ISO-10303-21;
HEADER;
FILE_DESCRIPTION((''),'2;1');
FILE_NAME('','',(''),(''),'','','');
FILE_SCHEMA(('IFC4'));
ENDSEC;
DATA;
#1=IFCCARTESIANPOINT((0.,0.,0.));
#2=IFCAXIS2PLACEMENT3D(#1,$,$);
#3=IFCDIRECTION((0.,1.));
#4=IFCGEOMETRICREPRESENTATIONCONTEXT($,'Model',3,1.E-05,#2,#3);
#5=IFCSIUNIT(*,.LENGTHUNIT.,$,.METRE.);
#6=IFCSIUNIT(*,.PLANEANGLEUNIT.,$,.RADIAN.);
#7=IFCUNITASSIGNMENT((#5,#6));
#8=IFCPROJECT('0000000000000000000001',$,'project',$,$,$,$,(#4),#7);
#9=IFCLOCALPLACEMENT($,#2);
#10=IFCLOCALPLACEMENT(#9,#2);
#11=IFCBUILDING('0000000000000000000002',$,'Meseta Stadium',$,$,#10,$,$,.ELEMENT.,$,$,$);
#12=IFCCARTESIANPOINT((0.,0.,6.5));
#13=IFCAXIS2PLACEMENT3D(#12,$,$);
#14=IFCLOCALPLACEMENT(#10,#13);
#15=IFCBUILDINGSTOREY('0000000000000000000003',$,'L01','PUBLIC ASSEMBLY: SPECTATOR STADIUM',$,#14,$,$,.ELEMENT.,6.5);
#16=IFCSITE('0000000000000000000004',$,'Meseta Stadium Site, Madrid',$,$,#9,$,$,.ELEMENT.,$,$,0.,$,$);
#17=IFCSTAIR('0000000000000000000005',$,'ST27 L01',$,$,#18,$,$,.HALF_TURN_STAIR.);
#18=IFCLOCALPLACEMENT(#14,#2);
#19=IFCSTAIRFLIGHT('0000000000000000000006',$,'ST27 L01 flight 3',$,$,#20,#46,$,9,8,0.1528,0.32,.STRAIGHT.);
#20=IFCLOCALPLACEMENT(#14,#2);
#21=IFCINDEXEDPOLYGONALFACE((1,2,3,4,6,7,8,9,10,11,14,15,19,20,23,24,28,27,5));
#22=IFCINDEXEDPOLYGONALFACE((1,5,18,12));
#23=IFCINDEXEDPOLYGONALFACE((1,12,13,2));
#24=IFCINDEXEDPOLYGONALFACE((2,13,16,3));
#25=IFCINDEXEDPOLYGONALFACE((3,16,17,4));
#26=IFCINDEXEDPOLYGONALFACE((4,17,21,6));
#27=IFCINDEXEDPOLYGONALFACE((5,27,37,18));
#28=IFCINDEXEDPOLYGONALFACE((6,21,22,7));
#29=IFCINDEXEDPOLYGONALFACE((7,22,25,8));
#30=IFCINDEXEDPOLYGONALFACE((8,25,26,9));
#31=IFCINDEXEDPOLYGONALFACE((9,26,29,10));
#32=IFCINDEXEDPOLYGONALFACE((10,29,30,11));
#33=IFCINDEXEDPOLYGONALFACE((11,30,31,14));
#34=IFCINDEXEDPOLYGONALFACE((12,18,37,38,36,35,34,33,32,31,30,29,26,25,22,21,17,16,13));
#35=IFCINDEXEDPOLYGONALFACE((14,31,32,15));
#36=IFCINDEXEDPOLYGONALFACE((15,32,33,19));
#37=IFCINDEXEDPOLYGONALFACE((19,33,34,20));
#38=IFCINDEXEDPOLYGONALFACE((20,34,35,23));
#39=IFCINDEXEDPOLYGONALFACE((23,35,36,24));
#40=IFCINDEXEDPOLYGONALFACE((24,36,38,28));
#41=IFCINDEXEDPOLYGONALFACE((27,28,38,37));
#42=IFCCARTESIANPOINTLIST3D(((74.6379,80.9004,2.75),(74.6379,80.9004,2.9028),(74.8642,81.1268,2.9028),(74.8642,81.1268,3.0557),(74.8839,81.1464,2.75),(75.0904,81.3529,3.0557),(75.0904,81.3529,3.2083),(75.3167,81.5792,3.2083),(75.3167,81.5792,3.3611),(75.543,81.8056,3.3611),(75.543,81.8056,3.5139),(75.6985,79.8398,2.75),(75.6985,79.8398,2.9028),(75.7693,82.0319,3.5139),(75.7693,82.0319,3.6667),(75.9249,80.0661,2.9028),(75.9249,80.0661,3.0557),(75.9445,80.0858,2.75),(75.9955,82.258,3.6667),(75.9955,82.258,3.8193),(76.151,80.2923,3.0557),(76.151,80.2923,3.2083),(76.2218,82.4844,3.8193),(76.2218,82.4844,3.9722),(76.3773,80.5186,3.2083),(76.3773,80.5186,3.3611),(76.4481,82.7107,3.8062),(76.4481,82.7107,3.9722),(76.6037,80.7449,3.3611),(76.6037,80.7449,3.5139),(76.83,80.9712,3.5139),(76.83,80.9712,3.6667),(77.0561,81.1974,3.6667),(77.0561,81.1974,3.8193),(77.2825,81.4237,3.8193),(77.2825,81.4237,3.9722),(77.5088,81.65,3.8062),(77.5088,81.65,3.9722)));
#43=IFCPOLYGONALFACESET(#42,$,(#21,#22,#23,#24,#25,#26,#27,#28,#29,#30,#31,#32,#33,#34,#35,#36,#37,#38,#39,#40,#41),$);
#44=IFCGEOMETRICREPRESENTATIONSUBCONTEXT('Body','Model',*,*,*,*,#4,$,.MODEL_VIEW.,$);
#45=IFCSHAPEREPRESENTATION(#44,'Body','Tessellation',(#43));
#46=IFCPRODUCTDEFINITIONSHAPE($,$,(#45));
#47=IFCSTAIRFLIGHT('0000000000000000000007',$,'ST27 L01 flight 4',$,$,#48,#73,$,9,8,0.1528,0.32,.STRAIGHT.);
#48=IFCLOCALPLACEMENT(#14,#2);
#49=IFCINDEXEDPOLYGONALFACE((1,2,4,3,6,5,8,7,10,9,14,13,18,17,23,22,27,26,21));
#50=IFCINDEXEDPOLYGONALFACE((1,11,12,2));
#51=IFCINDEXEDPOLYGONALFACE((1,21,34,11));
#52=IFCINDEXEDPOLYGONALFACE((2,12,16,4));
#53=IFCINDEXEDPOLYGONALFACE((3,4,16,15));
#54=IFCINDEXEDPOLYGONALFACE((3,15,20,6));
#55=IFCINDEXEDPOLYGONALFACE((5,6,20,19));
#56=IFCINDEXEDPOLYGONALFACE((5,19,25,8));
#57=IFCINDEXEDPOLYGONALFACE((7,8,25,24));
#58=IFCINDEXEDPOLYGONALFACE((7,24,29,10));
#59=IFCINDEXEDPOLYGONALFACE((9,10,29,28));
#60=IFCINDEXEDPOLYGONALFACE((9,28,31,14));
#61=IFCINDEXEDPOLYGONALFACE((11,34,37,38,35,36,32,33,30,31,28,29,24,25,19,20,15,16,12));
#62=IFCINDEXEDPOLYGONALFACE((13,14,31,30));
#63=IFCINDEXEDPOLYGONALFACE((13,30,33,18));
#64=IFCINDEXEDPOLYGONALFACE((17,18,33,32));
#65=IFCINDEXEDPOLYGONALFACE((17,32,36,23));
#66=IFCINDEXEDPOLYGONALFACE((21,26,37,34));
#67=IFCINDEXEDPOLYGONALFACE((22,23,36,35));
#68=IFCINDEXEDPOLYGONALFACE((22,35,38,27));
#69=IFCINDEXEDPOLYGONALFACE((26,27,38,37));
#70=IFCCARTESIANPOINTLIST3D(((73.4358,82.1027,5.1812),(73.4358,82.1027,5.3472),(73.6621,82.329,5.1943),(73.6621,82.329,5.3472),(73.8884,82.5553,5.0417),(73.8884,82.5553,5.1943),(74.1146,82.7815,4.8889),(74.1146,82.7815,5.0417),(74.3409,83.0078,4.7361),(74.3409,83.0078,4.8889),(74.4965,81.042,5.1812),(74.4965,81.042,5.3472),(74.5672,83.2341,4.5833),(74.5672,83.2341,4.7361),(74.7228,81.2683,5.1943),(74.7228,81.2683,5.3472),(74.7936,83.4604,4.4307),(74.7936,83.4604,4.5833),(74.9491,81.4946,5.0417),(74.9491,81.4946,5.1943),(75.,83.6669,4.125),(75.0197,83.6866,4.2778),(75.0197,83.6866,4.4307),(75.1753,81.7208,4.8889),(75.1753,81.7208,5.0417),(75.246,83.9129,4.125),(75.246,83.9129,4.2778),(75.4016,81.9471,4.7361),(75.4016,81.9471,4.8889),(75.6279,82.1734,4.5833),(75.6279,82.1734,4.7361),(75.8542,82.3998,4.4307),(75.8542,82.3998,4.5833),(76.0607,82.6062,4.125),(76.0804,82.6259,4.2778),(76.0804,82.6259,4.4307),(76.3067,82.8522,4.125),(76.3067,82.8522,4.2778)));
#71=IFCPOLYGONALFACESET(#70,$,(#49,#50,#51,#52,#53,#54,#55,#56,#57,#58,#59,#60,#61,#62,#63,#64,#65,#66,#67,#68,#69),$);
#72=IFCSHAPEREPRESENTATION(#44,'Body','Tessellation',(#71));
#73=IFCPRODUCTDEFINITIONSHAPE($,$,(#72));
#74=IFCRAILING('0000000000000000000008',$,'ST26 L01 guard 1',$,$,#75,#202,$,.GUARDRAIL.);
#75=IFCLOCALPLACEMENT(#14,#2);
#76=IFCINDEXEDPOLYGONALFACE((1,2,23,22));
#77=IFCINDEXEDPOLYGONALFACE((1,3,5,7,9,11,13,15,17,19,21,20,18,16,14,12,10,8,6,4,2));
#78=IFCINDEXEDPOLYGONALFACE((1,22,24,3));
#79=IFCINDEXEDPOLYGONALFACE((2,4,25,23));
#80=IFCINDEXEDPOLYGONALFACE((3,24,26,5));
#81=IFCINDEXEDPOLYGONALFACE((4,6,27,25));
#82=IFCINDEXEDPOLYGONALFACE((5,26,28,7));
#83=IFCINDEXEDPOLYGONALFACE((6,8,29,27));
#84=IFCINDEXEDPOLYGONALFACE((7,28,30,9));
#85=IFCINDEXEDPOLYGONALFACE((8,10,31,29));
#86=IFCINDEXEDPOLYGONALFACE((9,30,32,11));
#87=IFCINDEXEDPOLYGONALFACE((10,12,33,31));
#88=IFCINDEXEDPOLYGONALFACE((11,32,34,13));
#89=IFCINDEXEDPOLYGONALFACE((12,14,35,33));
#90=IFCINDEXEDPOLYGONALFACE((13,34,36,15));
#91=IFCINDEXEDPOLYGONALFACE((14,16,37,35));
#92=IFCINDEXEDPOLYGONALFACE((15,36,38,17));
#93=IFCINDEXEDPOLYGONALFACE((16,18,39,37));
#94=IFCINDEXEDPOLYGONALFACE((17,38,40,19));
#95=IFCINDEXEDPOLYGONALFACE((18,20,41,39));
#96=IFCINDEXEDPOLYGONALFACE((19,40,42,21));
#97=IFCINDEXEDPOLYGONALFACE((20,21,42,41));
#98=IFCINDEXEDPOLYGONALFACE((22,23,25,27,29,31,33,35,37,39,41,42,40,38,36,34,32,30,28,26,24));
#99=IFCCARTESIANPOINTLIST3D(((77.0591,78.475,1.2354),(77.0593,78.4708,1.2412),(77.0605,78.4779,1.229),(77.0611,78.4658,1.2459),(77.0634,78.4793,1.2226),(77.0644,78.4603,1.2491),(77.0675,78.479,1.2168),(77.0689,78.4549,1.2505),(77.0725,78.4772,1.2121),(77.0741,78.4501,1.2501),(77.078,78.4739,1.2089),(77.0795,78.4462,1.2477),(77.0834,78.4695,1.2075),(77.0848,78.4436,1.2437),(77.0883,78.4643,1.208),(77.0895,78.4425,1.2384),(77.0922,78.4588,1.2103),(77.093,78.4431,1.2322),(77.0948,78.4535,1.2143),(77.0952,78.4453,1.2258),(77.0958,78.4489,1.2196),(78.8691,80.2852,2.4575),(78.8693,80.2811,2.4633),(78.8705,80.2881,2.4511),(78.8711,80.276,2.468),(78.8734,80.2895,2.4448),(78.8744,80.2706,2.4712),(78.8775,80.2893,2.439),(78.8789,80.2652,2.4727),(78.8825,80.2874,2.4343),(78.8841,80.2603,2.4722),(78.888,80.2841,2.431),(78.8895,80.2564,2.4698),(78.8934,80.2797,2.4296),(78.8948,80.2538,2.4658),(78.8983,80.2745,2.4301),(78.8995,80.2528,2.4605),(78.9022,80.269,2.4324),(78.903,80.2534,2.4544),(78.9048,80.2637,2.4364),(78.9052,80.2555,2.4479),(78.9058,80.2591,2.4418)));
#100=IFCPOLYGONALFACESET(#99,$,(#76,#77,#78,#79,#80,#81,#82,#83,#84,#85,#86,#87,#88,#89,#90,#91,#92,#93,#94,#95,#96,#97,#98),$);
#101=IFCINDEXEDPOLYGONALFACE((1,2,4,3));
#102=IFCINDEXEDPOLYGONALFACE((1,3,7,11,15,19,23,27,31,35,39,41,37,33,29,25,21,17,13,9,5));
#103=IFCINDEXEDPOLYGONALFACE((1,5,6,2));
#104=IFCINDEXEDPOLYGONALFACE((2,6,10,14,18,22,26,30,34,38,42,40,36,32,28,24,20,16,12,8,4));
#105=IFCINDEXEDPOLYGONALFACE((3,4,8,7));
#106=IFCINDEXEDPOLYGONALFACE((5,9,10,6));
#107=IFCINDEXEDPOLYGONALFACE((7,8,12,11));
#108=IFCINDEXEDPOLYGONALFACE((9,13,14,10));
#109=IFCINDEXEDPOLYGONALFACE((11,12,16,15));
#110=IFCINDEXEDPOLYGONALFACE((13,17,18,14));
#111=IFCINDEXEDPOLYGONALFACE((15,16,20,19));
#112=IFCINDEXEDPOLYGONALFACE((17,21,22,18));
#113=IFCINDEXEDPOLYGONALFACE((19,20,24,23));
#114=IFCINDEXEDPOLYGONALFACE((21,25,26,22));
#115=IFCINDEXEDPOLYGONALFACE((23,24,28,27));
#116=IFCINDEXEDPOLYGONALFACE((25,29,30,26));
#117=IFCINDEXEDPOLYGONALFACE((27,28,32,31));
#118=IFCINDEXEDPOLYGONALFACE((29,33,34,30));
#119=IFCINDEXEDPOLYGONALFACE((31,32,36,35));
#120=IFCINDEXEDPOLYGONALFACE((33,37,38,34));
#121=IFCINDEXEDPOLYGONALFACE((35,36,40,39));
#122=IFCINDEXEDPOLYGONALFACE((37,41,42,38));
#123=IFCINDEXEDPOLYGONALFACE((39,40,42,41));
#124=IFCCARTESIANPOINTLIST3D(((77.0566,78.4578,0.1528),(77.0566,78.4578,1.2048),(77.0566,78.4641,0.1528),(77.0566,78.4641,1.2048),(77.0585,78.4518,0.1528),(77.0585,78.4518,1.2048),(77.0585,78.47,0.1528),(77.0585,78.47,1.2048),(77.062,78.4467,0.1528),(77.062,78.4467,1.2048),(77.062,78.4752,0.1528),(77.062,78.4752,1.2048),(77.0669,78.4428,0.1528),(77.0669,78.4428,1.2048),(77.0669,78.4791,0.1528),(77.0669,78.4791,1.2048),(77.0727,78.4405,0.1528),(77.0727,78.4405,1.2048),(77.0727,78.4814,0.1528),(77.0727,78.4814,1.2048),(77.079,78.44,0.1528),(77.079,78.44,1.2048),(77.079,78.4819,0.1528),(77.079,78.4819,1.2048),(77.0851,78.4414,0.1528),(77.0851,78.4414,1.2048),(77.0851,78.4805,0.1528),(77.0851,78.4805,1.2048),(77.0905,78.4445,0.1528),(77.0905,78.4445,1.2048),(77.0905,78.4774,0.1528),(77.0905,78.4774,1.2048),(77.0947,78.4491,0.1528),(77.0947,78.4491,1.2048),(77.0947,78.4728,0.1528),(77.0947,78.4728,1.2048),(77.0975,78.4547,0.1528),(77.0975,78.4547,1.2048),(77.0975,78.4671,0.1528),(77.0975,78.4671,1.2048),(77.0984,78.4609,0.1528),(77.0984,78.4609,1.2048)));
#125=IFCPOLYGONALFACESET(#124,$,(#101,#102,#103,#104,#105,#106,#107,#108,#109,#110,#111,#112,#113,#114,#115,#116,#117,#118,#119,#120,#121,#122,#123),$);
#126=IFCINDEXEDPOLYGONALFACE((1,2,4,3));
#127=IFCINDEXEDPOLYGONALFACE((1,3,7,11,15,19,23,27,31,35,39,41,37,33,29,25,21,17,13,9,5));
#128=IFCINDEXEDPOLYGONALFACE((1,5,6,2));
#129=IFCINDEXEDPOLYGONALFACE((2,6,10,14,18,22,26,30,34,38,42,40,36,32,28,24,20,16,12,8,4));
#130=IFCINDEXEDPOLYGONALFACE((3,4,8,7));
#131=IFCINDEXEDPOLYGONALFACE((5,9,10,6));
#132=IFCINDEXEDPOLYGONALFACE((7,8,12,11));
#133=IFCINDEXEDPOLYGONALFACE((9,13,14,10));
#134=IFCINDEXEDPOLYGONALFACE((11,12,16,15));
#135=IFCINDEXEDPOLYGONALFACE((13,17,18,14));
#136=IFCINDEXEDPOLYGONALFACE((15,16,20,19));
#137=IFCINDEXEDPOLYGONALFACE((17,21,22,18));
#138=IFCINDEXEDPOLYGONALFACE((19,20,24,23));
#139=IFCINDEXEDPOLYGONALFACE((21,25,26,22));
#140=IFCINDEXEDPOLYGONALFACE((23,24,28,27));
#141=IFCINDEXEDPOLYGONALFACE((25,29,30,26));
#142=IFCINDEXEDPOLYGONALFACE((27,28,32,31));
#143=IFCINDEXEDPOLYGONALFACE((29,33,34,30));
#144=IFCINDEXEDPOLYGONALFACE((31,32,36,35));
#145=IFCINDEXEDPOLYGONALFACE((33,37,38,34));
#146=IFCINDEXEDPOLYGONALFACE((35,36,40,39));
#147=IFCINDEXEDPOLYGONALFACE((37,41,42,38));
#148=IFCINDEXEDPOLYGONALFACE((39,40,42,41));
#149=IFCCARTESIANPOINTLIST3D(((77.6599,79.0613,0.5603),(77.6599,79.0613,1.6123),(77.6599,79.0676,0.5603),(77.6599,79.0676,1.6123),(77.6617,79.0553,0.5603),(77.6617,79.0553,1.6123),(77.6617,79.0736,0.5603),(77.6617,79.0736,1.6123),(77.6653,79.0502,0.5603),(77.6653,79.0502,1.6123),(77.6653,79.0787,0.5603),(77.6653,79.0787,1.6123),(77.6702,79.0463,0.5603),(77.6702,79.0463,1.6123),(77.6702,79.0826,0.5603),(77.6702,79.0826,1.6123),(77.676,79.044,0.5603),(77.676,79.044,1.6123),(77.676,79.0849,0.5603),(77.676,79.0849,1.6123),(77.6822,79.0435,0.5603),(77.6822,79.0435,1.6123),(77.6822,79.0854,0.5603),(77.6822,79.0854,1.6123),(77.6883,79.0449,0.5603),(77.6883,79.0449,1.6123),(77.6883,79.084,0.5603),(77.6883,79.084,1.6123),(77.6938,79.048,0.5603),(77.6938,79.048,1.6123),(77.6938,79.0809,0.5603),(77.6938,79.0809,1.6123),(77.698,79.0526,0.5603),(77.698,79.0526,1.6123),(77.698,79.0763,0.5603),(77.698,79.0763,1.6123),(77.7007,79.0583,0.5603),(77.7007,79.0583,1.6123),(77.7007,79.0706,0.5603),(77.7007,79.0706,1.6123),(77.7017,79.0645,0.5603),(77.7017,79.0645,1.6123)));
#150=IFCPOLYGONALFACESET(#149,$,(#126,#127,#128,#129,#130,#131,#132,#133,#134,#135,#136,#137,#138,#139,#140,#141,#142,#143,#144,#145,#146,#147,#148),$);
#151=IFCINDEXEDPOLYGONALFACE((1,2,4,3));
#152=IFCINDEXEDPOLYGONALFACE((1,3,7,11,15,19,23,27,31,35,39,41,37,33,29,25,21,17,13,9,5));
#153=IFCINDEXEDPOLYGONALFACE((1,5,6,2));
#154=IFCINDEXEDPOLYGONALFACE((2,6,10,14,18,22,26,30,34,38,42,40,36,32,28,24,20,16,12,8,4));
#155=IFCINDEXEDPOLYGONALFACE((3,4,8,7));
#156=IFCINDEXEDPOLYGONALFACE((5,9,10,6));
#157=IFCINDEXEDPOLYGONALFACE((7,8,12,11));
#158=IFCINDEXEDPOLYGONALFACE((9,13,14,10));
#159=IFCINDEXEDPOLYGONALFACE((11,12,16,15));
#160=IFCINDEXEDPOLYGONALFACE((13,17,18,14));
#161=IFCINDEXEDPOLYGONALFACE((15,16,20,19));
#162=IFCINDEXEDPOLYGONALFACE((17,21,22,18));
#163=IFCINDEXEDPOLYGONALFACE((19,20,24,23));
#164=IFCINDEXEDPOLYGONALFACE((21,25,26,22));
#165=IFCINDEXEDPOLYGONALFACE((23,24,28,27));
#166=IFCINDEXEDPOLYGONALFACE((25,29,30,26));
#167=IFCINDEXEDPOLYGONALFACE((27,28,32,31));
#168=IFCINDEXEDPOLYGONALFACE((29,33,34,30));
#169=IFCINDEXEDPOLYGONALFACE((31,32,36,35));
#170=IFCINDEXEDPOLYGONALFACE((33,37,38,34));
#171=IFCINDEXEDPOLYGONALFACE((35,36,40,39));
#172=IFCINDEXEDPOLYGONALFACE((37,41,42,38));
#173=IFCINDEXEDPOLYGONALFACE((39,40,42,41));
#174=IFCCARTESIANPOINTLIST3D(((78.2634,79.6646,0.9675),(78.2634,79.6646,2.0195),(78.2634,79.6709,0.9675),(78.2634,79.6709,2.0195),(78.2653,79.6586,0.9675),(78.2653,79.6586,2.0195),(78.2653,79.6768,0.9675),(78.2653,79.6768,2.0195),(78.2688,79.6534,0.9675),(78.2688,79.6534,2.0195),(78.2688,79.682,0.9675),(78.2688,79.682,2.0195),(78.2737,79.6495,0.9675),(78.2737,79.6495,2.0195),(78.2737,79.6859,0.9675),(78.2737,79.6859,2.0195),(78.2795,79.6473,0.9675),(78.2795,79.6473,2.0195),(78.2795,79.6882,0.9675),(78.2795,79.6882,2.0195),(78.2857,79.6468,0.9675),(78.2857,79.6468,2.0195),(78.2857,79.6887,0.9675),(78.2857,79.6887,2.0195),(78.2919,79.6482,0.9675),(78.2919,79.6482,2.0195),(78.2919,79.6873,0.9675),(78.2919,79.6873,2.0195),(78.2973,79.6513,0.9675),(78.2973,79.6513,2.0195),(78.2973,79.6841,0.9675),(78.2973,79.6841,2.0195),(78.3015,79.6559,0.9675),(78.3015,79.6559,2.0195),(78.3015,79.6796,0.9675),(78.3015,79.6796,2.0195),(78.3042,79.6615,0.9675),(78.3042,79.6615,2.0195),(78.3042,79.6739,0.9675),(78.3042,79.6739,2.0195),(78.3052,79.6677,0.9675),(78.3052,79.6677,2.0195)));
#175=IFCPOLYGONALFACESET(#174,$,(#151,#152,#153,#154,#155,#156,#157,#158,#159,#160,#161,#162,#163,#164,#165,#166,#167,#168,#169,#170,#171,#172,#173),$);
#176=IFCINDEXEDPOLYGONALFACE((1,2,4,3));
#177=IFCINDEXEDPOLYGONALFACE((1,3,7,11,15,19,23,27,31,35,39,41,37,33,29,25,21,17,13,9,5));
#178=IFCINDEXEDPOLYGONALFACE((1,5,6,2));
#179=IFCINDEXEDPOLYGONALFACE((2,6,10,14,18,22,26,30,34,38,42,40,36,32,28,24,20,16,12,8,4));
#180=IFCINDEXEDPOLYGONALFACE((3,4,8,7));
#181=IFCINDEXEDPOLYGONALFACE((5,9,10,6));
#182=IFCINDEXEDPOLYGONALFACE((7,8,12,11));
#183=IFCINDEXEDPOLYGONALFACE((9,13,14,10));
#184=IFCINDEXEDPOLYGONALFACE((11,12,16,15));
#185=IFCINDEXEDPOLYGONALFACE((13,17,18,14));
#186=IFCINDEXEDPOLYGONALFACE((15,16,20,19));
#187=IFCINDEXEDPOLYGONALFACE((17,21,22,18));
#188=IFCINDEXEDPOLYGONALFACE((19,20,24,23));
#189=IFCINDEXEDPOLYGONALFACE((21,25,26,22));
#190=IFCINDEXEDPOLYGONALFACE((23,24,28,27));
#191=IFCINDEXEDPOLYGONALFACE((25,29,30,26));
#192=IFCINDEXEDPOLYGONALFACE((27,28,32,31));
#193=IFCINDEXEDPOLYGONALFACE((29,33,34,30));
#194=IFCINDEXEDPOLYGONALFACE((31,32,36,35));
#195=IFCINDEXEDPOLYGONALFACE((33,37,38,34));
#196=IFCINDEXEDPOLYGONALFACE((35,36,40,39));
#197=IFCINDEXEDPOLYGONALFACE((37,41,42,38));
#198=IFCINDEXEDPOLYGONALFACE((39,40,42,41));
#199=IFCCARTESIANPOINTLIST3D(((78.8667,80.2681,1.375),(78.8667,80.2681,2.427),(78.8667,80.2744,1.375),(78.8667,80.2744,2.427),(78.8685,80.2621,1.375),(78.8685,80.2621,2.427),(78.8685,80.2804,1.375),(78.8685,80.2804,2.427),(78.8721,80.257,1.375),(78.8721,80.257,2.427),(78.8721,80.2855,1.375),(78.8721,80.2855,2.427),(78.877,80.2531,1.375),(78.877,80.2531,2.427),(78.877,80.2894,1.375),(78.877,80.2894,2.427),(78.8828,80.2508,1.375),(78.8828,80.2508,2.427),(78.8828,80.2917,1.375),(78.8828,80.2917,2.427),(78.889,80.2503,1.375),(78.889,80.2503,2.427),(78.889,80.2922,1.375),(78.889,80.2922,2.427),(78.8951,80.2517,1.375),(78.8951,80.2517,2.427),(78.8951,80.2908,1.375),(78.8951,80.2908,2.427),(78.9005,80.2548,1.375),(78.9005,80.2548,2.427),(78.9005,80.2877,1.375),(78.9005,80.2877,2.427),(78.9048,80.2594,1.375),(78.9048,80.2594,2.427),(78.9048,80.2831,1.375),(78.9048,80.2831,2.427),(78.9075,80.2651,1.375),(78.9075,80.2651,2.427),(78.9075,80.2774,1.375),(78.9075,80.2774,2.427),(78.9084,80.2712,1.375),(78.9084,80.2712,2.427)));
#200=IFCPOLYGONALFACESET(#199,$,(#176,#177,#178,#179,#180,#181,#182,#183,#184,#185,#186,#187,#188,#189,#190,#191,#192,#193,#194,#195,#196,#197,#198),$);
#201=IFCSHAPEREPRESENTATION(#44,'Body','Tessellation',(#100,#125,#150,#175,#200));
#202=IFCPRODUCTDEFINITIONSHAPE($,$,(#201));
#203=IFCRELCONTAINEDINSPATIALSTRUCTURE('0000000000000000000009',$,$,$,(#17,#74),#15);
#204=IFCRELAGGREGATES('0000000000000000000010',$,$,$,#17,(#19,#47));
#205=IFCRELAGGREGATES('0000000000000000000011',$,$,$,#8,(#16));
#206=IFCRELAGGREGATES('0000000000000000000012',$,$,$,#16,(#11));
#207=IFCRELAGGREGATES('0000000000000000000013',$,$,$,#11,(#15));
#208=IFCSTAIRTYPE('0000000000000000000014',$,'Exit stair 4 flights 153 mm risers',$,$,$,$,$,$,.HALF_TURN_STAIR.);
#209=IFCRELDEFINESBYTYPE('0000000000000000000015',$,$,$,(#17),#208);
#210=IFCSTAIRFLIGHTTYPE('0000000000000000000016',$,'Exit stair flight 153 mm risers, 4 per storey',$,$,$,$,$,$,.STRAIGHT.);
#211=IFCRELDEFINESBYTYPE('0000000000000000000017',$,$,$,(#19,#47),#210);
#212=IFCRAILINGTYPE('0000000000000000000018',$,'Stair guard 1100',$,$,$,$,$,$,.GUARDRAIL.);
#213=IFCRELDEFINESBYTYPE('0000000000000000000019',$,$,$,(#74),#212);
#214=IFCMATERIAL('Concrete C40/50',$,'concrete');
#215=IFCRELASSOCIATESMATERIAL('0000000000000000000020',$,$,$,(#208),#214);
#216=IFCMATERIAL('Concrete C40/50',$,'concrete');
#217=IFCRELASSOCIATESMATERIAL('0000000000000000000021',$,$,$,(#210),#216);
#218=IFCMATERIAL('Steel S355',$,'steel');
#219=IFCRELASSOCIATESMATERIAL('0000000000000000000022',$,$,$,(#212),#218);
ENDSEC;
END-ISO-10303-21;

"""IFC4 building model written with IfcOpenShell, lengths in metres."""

from ifc_helpers import new_model, si_unit, direction, frame, origin, origin_2d, place, context, subcontext, project, spatial, polyline, circle, outline, extrude, material, type_object, element, aggregate, save


model = new_model("IFC4")

# Units and contexts
model_context = context("Model", 3, precision=1e-05, world=origin(), true_north=direction((0.0, 1.0)))
body_context = subcontext(model_context, "Body", "Model", "MODEL_VIEW")
ifc_project = project(units=[si_unit("LENGTHUNIT", "METRE"), si_unit("PLANEANGLEUNIT", "RADIAN")], contexts=[model_context])

# Site, building, storey
site_placement = place(None, origin())
site = spatial("IfcSite", under=ifc_project, at=site_placement, Name="Meseta Stadium Site, Madrid", CompositionType="ELEMENT", RefElevation=0.0)
building_placement = place(site_placement, origin())
building = spatial("IfcBuilding", under=site, at=building_placement, Name="Meseta Stadium", CompositionType="ELEMENT")
storey_placement = place(building_placement, frame((0.0, 0.0, 6.5)))
storey = spatial("IfcBuildingStorey", under=building, at=storey_placement, Name="L01", Description="PUBLIC ASSEMBLY: SPECTATOR STADIUM", CompositionType="ELEMENT", Elevation=6.5)

# Stair, stair flights
ifc_material_1 = material(Name="Concrete C40/50", Category="concrete")
stair_type = type_object("IfcStairType", Name="Exit stair 4 flights 153 mm risers", PredefinedType="HALF_TURN_STAIR", material=ifc_material_1)
ifc_material_2 = material(Name="Concrete C40/50", Category="concrete")
stair_flight_type = type_object("IfcStairFlightType", Name="Exit stair flight 153 mm risers, 4 per storey", PredefinedType="STRAIGHT", material=ifc_material_2)
stair_1_placement = place(storey_placement, origin())
stair_1 = element("IfcStair", 1, at=stair_1_placement, inside=storey, type_object=stair_type, Name="ST27 L01", PredefinedType="HALF_TURN_STAIR")
stair_flight_1_placement = place(storey_placement, frame((75.1682, 80.3701, 2.75), z_axis=(0.0, 0.0, 1.0), x_axis=(0.707107, 0.707107, 0.0)))
stair_flight_1 = element("IfcStairFlight", 2, at=stair_flight_1_placement, type_object=stair_flight_type, Name="ST27 L01 flight 3", NumberOfRisers=9, NumberOfTreads=8, PredefinedType="STRAIGHT", RiserHeight=0.1528, TreadLength=0.32, context=body_context, shape_type="SweptSolid", body=[
    extrude(outline(polyline([(0.0, 0.0), (0.0, 0.1528), (0.3201, 0.1528), (0.3201, 0.3057), (0.6399, 0.3057), (0.6399, 0.4583), (0.96, 0.4583), (0.96, 0.6111), (1.28, 0.6111), (1.28, 0.7639), (1.6001, 0.7639), (1.6001, 0.9167), (1.9199, 0.9167), (1.9199, 1.0693), (2.24, 1.0693), (2.24, 1.2222), (2.5601, 1.2222), (2.5601, 1.0562), (0.3479, 0.0), (0.0, 0.0)])), frame((0.0, 0.75, 0.0), z_axis=(0.0, -1.0, 0.0), x_axis=(1.0, 0.0, 0.0)), (0.0, 0.0, 1.0), 1.5),
])
stair_flight_2_placement = place(storey_placement, frame((75.7764, 83.3826, 4.125), z_axis=(0.0, 0.0, 1.0), x_axis=(-0.707107, -0.707107, 0.0)))
stair_flight_2 = element("IfcStairFlight", 3, at=stair_flight_2_placement, type_object=stair_flight_type, Name="ST27 L01 flight 4", NumberOfRisers=9, NumberOfTreads=8, PredefinedType="STRAIGHT", RiserHeight=0.1528, TreadLength=0.32, context=body_context, shape_type="SweptSolid", body=[
    extrude(outline(polyline([(0.0, 0.0), (0.0, 0.1528), (0.3201, 0.1528), (0.3201, 0.3057), (0.6399, 0.3057), (0.6399, 0.4583), (0.96, 0.4583), (0.96, 0.6111), (1.28, 0.6111), (1.28, 0.7639), (1.6001, 0.7639), (1.6001, 0.9167), (1.9199, 0.9167), (1.9199, 1.0693), (2.24, 1.0693), (2.24, 1.2222), (2.5601, 1.2222), (2.5601, 1.0562), (0.3479, 0.0), (0.0, 0.0)])), frame((0.0, 0.75, 0.0), z_axis=(0.0, -1.0, 0.0), x_axis=(1.0, 0.0, 0.0)), (0.0, 0.0, 1.0), 1.5),
])
aggregate(stair_1, [stair_flight_1, stair_flight_2])

# Railing
ifc_material_3 = material(Name="Steel S355", Category="steel")
railing_type_1 = type_object("IfcRailingType", Name="Stair guard 1100", PredefinedType="GUARDRAIL", material=ifc_material_3)
railing_1_placement = place(storey_placement, frame((77.0774, 78.4609, 0.1528)))
element("IfcRailing", 4, at=railing_1_placement, inside=storey, type_object=railing_type_1, Name="ST26 L01 guard 1", PredefinedType="GUARDRAIL", context=body_context, shape_type="SweptSolid", body=[
    extrude(circle(Radius=0.0239, at=origin_2d()), frame((0.0, 0.0, 1.0762), z_axis=(0.638073, 0.638159, 0.430832), x_axis=(-0.707154, 0.707059, 0.0)), (0.0, 0.0, 1.0), 2.8367),
    extrude(circle(Radius=0.021, at=origin_2d()), origin(), (0.0, 0.0, 1.0), 1.052),
    extrude(circle(Radius=0.021, at=origin_2d()), frame((0.6033, 0.6035, 0.4075)), (0.0, 0.0, 1.0), 1.052),
    extrude(circle(Radius=0.021, at=origin_2d()), frame((1.2068, 1.2068, 0.8147)), (0.0, 0.0, 1.0), 1.052),
    extrude(circle(Radius=0.021, at=origin_2d()), frame((1.8101, 1.8103, 1.2222)), (0.0, 0.0, 1.0), 1.052),
])

save(model, "model.ifc")
